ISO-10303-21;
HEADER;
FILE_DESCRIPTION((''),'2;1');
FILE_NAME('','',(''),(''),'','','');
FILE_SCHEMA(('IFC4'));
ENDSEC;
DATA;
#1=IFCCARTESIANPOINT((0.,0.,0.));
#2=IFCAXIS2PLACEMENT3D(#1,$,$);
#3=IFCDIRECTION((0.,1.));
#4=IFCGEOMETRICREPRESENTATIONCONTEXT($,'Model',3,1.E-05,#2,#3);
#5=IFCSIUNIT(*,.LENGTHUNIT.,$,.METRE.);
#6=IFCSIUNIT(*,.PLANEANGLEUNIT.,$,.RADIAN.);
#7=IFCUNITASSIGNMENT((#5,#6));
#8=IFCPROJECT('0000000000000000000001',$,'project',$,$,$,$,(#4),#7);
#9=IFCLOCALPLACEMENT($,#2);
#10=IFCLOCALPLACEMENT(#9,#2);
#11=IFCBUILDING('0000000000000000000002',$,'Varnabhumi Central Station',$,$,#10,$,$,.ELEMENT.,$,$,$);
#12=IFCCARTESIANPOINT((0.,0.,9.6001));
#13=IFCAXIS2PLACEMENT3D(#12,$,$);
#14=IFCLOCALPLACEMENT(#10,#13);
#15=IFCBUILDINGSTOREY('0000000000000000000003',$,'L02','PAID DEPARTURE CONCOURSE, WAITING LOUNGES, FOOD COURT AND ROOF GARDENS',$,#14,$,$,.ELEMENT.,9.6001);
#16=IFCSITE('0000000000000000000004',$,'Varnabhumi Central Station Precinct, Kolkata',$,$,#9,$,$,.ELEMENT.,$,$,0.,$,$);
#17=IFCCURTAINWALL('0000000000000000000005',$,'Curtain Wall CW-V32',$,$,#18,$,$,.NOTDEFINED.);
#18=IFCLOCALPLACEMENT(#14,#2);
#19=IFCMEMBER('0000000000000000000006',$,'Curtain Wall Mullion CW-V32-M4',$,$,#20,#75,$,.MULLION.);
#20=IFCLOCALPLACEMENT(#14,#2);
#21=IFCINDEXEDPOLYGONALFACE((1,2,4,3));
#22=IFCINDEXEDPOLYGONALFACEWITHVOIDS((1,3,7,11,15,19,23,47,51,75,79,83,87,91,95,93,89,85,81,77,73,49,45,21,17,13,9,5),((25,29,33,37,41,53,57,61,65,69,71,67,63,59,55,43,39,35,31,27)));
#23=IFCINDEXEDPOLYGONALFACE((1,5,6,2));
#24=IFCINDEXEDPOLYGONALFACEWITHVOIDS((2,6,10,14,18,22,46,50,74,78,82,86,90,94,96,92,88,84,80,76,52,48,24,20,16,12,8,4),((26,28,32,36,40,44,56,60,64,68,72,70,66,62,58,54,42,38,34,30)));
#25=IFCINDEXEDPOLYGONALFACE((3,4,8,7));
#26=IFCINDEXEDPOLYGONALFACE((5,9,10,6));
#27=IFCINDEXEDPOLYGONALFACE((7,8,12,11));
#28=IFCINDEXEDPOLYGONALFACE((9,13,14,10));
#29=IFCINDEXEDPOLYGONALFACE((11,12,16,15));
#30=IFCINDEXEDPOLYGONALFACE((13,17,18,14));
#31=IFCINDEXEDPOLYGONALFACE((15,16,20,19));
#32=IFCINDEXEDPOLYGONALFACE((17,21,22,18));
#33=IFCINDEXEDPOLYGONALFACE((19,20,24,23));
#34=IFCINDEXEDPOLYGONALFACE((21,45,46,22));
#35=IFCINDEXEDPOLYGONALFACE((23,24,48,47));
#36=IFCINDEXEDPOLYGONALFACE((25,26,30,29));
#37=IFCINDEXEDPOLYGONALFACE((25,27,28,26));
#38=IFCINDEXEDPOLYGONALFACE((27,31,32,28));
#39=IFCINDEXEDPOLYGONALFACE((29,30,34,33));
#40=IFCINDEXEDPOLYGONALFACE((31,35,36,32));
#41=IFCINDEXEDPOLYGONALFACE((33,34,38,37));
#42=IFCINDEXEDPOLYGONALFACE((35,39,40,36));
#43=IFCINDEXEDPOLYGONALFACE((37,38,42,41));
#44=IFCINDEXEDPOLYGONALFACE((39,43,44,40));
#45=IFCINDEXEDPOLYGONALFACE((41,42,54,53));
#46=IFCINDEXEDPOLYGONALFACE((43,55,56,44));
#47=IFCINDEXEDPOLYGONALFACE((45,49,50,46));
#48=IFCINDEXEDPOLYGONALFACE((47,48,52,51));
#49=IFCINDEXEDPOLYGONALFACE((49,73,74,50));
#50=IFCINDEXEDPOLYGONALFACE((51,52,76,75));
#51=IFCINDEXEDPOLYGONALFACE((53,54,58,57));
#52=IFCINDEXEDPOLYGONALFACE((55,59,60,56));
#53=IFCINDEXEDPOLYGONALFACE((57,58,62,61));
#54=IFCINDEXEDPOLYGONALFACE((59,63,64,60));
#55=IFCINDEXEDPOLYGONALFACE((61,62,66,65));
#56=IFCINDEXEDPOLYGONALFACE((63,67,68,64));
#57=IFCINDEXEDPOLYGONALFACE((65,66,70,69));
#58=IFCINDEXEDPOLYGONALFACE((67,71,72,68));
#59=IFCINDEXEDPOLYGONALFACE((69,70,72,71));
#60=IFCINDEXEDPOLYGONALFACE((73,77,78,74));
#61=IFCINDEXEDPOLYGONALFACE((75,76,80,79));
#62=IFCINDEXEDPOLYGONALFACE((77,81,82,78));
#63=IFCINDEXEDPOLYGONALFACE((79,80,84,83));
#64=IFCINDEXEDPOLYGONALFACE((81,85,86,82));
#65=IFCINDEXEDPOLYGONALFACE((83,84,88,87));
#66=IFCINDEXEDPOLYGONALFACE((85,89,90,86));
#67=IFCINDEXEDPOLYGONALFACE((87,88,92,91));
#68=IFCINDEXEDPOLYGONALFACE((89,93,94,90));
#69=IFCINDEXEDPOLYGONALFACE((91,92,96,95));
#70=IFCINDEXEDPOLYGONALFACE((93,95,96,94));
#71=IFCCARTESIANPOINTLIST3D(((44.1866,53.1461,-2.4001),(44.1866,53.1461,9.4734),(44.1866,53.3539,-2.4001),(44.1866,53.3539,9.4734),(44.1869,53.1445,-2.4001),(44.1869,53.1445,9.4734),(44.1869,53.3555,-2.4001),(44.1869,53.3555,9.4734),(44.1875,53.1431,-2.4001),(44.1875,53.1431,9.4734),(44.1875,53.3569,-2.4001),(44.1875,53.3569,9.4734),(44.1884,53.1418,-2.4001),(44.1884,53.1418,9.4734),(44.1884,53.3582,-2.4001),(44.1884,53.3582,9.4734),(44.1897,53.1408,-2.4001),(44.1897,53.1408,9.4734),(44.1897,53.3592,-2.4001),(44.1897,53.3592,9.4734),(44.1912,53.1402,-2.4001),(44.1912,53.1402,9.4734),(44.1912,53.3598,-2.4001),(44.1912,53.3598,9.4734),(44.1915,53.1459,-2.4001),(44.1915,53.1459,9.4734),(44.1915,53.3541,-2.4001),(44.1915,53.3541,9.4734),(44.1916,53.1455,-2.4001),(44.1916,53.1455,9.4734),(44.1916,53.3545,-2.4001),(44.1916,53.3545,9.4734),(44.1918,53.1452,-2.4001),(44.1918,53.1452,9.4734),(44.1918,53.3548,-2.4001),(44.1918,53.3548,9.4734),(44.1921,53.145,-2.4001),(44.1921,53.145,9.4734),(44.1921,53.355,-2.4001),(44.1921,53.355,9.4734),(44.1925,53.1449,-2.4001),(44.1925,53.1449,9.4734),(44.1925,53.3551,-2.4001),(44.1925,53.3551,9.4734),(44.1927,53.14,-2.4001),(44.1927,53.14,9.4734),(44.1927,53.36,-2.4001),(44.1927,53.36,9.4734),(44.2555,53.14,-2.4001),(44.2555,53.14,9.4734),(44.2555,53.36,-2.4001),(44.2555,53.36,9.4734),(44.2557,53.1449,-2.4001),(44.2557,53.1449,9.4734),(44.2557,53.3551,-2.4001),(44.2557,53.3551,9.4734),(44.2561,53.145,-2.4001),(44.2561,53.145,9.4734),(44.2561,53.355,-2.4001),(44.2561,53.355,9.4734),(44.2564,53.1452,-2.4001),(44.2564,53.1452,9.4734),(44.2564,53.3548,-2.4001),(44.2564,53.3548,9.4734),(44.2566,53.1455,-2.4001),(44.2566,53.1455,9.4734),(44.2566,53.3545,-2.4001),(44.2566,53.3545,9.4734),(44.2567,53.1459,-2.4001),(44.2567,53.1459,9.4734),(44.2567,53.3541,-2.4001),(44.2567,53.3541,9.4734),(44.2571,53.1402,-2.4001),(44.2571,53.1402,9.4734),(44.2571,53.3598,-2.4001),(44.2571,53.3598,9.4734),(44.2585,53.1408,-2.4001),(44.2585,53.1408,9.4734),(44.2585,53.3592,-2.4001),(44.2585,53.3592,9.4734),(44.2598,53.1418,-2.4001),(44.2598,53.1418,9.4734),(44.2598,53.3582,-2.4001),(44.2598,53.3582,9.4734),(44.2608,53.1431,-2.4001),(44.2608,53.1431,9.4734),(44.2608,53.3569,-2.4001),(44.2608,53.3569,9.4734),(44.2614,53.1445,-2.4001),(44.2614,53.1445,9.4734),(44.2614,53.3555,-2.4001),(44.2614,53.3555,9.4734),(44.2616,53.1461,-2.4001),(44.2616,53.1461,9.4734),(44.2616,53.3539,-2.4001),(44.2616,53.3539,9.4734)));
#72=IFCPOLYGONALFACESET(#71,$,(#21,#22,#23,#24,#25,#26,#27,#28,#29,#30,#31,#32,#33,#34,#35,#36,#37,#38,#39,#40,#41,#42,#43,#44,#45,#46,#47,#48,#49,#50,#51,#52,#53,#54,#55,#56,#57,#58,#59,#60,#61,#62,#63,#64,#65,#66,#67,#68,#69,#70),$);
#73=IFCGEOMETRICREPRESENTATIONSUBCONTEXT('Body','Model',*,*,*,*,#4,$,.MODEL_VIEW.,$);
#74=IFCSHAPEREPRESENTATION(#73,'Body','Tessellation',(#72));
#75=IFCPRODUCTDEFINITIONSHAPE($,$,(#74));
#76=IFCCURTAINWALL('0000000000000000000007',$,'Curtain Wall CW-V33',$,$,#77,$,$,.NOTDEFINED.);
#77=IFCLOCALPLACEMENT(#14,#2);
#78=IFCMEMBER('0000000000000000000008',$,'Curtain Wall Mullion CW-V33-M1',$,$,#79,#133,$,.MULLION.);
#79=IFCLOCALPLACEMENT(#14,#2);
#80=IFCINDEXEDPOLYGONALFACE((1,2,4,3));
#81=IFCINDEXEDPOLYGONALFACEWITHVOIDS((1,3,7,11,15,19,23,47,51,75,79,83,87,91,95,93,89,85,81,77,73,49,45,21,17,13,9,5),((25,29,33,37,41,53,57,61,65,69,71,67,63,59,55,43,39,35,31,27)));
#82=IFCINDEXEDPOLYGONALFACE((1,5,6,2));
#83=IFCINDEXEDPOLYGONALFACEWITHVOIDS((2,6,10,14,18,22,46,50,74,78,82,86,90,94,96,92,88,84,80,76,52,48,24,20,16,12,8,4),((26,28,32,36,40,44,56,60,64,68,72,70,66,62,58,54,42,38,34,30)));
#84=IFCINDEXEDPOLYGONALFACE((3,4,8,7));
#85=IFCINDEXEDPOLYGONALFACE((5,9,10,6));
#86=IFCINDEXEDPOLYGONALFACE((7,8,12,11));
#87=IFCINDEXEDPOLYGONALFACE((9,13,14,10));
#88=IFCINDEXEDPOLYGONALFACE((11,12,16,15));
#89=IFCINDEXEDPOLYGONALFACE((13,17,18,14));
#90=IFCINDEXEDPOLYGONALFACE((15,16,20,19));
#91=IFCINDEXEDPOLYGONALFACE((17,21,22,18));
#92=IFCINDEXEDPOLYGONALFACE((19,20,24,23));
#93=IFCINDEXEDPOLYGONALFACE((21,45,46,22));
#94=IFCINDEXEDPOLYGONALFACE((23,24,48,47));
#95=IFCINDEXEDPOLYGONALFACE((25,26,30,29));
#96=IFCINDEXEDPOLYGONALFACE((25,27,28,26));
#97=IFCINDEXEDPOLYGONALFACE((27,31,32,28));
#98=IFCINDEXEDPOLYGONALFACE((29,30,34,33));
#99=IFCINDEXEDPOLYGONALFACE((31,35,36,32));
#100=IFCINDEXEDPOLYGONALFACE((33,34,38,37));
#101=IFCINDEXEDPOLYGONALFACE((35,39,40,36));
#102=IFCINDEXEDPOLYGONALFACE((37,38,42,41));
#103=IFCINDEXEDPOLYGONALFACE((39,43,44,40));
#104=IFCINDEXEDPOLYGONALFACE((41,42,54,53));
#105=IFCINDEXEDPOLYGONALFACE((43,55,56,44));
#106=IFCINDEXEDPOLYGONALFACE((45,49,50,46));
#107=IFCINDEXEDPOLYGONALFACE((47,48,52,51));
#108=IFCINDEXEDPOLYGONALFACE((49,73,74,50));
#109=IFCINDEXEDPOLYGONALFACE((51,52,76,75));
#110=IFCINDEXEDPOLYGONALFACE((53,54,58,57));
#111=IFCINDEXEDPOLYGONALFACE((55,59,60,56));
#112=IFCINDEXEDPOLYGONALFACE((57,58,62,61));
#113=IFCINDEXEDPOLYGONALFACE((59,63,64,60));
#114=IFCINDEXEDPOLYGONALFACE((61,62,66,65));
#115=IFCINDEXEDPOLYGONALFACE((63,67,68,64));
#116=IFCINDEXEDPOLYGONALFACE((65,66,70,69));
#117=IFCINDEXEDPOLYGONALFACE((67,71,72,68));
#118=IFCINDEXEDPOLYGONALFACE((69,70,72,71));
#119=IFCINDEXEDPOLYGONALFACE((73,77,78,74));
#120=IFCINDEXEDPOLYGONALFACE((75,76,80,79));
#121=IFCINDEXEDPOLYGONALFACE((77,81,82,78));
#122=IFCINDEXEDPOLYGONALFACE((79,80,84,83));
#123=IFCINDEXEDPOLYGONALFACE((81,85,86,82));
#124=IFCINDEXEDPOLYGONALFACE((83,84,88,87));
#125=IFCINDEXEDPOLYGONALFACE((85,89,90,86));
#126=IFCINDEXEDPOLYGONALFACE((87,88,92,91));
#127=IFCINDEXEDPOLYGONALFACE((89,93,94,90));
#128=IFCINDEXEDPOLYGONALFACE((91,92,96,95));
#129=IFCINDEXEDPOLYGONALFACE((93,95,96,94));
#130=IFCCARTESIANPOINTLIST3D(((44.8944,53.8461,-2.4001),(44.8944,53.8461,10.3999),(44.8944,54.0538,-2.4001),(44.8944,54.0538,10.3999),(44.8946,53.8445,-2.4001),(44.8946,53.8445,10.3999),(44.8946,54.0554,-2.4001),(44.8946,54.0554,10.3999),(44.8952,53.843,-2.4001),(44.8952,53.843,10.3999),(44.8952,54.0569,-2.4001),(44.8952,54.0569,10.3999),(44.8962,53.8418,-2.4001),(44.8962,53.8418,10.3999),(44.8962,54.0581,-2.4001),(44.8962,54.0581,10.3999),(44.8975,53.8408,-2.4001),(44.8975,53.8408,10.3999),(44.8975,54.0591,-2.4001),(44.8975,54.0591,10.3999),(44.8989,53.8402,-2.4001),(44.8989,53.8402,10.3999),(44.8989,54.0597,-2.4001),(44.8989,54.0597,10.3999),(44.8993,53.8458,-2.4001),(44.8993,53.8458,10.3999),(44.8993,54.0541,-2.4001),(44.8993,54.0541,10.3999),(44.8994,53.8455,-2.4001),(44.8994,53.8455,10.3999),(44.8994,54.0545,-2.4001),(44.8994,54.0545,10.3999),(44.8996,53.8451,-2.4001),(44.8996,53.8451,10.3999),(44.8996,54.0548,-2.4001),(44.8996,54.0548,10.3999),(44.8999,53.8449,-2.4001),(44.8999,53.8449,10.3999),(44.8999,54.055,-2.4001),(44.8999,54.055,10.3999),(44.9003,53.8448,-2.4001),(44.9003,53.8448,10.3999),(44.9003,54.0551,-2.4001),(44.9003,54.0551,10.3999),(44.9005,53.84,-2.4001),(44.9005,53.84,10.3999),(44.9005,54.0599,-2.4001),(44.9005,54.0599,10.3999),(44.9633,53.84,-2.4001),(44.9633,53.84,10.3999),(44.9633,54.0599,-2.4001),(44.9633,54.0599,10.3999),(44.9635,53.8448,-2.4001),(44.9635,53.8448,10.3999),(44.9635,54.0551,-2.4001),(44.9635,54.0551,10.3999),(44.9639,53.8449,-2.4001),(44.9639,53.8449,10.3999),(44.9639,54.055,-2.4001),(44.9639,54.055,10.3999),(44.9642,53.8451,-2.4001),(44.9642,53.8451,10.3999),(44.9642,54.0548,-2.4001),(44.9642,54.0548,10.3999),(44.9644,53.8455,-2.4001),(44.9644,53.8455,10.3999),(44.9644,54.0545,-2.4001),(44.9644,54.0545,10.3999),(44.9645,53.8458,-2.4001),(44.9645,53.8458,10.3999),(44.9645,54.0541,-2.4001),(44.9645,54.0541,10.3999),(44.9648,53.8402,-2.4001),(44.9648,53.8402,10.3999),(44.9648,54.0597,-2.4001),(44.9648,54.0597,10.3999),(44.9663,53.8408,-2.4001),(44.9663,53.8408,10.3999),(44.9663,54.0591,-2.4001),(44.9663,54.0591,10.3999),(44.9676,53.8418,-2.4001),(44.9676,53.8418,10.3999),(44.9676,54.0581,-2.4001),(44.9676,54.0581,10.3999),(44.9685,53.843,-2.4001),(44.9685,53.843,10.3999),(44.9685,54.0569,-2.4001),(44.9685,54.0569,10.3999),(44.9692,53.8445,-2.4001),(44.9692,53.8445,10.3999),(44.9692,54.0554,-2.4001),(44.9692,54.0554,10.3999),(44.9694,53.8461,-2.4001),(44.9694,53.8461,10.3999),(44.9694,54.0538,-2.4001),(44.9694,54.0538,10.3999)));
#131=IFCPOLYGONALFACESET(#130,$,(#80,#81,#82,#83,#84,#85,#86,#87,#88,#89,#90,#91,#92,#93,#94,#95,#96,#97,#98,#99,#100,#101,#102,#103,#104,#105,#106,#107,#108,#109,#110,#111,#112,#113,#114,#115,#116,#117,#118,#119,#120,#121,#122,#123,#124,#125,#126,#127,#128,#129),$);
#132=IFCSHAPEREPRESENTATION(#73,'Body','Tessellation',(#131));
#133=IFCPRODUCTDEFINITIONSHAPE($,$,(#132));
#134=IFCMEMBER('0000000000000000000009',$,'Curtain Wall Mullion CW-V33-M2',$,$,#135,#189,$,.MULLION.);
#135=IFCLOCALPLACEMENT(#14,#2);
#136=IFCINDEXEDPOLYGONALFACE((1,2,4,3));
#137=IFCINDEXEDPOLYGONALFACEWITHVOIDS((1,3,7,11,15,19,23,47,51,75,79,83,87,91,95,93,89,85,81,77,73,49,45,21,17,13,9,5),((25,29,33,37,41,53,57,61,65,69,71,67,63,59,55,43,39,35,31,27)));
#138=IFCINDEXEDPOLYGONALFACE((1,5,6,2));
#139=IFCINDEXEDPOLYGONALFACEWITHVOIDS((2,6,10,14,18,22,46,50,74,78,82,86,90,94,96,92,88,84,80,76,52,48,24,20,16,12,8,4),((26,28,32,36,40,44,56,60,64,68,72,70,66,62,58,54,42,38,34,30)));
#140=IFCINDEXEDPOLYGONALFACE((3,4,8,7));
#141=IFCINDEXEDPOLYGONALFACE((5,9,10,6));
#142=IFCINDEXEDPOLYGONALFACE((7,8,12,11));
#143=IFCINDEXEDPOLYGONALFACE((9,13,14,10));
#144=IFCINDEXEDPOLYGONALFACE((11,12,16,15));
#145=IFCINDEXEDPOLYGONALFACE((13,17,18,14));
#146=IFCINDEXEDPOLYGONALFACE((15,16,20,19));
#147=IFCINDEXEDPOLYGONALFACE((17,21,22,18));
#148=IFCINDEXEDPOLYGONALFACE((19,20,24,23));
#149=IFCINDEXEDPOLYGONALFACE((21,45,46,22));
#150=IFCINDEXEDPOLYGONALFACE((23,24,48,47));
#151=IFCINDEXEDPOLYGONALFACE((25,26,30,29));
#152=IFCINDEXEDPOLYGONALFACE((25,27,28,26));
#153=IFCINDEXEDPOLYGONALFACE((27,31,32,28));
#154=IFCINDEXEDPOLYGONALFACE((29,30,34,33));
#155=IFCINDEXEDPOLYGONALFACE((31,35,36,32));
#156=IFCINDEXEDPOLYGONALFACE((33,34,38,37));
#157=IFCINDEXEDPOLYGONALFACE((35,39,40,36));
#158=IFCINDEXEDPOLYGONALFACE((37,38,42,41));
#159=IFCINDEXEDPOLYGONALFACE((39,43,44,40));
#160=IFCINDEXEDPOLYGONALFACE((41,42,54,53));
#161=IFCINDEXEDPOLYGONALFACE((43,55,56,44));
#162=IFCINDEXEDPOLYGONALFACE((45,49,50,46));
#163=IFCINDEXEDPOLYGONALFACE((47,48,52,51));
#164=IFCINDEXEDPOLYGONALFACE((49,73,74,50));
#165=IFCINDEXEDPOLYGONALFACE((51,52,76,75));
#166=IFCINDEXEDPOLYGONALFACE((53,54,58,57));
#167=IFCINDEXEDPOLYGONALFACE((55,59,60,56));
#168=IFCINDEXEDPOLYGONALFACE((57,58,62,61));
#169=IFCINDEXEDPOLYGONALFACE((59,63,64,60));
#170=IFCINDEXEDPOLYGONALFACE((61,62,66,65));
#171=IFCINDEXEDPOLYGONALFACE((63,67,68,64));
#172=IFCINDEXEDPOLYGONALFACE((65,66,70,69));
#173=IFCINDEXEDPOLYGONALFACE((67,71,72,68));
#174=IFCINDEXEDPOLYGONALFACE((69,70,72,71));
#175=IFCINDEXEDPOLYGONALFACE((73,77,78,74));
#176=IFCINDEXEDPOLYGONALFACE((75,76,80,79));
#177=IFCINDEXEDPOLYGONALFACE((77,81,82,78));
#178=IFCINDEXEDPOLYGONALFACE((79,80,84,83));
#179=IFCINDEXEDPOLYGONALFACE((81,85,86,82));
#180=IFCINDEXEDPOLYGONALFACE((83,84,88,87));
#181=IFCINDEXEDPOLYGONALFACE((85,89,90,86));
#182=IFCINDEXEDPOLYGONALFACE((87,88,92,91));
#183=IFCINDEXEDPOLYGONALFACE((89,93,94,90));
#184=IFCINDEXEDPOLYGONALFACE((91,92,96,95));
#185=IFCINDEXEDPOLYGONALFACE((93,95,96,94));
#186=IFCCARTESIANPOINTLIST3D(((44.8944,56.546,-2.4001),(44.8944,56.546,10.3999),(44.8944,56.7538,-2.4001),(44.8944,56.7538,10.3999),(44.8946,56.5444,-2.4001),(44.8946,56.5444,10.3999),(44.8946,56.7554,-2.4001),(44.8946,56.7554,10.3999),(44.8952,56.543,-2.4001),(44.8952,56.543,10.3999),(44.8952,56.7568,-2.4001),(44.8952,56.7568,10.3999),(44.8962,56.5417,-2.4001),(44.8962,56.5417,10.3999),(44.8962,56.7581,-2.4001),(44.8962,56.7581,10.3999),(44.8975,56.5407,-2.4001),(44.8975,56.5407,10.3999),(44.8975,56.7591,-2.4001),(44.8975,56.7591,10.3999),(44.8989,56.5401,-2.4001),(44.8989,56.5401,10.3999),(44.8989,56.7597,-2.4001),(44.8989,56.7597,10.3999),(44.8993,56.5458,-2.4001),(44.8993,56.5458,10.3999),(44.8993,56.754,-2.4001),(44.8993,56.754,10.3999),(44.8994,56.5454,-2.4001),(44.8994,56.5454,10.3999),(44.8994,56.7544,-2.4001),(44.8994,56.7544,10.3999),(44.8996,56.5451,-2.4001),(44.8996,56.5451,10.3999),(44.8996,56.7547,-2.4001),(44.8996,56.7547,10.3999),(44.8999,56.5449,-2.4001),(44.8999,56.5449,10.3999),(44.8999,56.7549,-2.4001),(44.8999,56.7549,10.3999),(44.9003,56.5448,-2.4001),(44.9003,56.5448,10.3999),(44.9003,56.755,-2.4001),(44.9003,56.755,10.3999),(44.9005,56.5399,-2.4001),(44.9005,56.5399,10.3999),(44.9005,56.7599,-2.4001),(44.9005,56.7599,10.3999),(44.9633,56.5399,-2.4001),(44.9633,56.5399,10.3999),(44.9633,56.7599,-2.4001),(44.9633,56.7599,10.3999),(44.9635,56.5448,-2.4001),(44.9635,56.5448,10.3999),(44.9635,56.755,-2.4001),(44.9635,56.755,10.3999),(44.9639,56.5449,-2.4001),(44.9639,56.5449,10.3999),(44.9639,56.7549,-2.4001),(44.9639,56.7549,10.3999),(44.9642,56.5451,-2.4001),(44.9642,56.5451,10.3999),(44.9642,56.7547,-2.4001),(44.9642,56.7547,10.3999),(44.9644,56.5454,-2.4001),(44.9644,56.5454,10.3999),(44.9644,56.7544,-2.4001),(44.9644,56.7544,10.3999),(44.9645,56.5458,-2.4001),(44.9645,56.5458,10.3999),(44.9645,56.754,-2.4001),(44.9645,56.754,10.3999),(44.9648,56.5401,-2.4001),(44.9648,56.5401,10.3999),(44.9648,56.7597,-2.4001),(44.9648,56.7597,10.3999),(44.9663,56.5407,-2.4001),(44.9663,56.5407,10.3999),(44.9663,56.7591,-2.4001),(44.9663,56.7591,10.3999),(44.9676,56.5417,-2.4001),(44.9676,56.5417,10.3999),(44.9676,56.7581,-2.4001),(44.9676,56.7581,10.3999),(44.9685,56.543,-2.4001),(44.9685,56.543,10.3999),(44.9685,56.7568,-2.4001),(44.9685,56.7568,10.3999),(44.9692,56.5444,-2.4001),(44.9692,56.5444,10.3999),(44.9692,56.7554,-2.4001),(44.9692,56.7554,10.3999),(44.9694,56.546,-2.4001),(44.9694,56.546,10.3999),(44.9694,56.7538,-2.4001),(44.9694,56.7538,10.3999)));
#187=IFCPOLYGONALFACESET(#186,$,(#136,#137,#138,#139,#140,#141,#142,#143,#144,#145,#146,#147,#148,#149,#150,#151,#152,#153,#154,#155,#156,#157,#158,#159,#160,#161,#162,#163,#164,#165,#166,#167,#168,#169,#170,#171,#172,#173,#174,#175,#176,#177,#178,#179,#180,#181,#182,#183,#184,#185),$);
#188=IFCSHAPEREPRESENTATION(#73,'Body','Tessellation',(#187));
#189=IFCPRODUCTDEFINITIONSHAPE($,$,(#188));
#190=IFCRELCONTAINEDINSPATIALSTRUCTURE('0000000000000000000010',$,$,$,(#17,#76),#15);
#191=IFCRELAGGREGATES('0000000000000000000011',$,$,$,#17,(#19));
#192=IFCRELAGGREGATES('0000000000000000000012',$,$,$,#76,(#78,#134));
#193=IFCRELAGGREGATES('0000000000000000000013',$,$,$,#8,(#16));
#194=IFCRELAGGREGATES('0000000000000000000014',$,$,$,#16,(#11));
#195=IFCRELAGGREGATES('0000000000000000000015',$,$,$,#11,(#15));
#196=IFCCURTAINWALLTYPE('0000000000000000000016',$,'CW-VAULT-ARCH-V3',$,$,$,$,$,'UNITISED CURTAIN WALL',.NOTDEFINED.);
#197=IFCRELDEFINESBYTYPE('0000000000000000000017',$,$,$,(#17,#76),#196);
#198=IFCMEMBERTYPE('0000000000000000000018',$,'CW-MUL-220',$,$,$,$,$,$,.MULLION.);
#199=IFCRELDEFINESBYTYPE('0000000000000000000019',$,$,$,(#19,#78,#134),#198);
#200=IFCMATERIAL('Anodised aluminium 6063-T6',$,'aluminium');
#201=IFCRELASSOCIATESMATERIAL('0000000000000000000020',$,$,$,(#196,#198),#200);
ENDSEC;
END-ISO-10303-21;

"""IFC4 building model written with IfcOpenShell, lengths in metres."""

from ifc_helpers import new_model, si_unit, direction, frame, origin, origin_2d, place, context, subcontext, project, spatial, hollow_rectangle, extrude, material, material_profile, profile_set, type_object, element, aggregate, save


model = new_model("IFC4")

# Units and contexts
model_context = context("Model", 3, precision=1e-05, world=origin(), true_north=direction((0.0, 1.0)))
body_context = subcontext(model_context, "Body", "Model", "MODEL_VIEW")
ifc_project = project(units=[si_unit("LENGTHUNIT", "METRE"), si_unit("PLANEANGLEUNIT", "RADIAN")], contexts=[model_context])

# Site, building, storey
site_placement = place(None, origin())
site = spatial("IfcSite", under=ifc_project, at=site_placement, Name="Varnabhumi Central Station Precinct, Kolkata", CompositionType="ELEMENT", RefElevation=0.0)
building_placement = place(site_placement, origin())
building = spatial("IfcBuilding", under=site, at=building_placement, Name="Varnabhumi Central Station", CompositionType="ELEMENT")
storey_placement = place(building_placement, frame((0.0, 0.0, 9.6001)))
storey = spatial("IfcBuildingStorey", under=building, at=storey_placement, Name="L02", Description="PAID DEPARTURE CONCOURSE, WAITING LOUNGES, FOOD COURT AND ROOF GARDENS", CompositionType="ELEMENT", Elevation=9.6001)

# Curtain walls, members
ifc_material_1 = material(Name="Anodised aluminium 6063-T6", Category="aluminium")
curtain_wall_type = type_object("IfcCurtainWallType", Name="CW-VAULT-ARCH-V3", ElementType="UNITISED CURTAIN WALL", PredefinedType="NOTDEFINED", material=ifc_material_1)
curtain_wall_1_placement = place(storey_placement, origin())
curtain_wall_1 = element("IfcCurtainWall", 1, at=curtain_wall_1_placement, inside=storey, type_object=curtain_wall_type, Name="Curtain Wall CW-V32", PredefinedType="NOTDEFINED")
ifc_material_profile_1 = material_profile(ifc_material_1, hollow_rectangle(XDim=0.075, YDim=0.22, WallThickness=0.0049, InnerFilletRadius=0.001, OuterFilletRadius=0.0061, at=origin_2d()), Name="Anodised aluminium 6063-T6", Category="aluminium")
ifc_profile_set_1 = profile_set([ifc_material_profile_1], Name="Anodised aluminium 6063-T6")
member_type_1 = type_object("IfcMemberType", Name="CW-MUL-220", PredefinedType="MULLION", material=ifc_profile_set_1)
member_1_placement = place(storey_placement, frame((44.2241, 53.25, -2.4001), z_axis=(0.0, 0.0, 1.0), x_axis=(1.0, 0.0, 0.0)))
member_1 = element("IfcMember", 2, at=member_1_placement, type_object=member_type_1, Name="Curtain Wall Mullion CW-V32-M4", PredefinedType="MULLION", context=body_context, shape_type="SweptSolid", body=[
    extrude(hollow_rectangle(XDim=0.075, YDim=0.22, WallThickness=0.0049, InnerFilletRadius=0.001, OuterFilletRadius=0.0061, at=origin_2d()), origin(), (0.0, 0.0, 1.0), 11.8735),
])
curtain_wall_2_placement = place(storey_placement, origin())
curtain_wall_2 = element("IfcCurtainWall", 3, at=curtain_wall_2_placement, inside=storey, type_object=curtain_wall_type, Name="Curtain Wall CW-V33", PredefinedType="NOTDEFINED")
member_2_placement = place(storey_placement, frame((44.9319, 53.95, -2.4001), z_axis=(0.0, 0.0, 1.0), x_axis=(1.0, 0.0, 0.0)))
member_2 = element("IfcMember", 4, at=member_2_placement, type_object=member_type_1, Name="Curtain Wall Mullion CW-V33-M1", PredefinedType="MULLION", context=body_context, shape_type="SweptSolid", body=[
    extrude(hollow_rectangle(XDim=0.075, YDim=0.22, WallThickness=0.0049, InnerFilletRadius=0.001, OuterFilletRadius=0.0061, at=origin_2d()), origin(), (0.0, 0.0, 1.0), 12.8),
])
member_3_placement = place(storey_placement, frame((44.9319, 56.6499, -2.4001), z_axis=(0.0, 0.0, 1.0), x_axis=(1.0, 0.0, 0.0)))
member_3 = element("IfcMember", 5, at=member_3_placement, type_object=member_type_1, Name="Curtain Wall Mullion CW-V33-M2", PredefinedType="MULLION", context=body_context, shape_type="SweptSolid", body=[
    extrude(hollow_rectangle(XDim=0.075, YDim=0.22, WallThickness=0.0049, InnerFilletRadius=0.001, OuterFilletRadius=0.0061, at=origin_2d()), origin(), (0.0, 0.0, 1.0), 12.8),
])

aggregate(curtain_wall_1, [member_1])
aggregate(curtain_wall_2, [member_2, member_3])

save(model, "model.ifc")
